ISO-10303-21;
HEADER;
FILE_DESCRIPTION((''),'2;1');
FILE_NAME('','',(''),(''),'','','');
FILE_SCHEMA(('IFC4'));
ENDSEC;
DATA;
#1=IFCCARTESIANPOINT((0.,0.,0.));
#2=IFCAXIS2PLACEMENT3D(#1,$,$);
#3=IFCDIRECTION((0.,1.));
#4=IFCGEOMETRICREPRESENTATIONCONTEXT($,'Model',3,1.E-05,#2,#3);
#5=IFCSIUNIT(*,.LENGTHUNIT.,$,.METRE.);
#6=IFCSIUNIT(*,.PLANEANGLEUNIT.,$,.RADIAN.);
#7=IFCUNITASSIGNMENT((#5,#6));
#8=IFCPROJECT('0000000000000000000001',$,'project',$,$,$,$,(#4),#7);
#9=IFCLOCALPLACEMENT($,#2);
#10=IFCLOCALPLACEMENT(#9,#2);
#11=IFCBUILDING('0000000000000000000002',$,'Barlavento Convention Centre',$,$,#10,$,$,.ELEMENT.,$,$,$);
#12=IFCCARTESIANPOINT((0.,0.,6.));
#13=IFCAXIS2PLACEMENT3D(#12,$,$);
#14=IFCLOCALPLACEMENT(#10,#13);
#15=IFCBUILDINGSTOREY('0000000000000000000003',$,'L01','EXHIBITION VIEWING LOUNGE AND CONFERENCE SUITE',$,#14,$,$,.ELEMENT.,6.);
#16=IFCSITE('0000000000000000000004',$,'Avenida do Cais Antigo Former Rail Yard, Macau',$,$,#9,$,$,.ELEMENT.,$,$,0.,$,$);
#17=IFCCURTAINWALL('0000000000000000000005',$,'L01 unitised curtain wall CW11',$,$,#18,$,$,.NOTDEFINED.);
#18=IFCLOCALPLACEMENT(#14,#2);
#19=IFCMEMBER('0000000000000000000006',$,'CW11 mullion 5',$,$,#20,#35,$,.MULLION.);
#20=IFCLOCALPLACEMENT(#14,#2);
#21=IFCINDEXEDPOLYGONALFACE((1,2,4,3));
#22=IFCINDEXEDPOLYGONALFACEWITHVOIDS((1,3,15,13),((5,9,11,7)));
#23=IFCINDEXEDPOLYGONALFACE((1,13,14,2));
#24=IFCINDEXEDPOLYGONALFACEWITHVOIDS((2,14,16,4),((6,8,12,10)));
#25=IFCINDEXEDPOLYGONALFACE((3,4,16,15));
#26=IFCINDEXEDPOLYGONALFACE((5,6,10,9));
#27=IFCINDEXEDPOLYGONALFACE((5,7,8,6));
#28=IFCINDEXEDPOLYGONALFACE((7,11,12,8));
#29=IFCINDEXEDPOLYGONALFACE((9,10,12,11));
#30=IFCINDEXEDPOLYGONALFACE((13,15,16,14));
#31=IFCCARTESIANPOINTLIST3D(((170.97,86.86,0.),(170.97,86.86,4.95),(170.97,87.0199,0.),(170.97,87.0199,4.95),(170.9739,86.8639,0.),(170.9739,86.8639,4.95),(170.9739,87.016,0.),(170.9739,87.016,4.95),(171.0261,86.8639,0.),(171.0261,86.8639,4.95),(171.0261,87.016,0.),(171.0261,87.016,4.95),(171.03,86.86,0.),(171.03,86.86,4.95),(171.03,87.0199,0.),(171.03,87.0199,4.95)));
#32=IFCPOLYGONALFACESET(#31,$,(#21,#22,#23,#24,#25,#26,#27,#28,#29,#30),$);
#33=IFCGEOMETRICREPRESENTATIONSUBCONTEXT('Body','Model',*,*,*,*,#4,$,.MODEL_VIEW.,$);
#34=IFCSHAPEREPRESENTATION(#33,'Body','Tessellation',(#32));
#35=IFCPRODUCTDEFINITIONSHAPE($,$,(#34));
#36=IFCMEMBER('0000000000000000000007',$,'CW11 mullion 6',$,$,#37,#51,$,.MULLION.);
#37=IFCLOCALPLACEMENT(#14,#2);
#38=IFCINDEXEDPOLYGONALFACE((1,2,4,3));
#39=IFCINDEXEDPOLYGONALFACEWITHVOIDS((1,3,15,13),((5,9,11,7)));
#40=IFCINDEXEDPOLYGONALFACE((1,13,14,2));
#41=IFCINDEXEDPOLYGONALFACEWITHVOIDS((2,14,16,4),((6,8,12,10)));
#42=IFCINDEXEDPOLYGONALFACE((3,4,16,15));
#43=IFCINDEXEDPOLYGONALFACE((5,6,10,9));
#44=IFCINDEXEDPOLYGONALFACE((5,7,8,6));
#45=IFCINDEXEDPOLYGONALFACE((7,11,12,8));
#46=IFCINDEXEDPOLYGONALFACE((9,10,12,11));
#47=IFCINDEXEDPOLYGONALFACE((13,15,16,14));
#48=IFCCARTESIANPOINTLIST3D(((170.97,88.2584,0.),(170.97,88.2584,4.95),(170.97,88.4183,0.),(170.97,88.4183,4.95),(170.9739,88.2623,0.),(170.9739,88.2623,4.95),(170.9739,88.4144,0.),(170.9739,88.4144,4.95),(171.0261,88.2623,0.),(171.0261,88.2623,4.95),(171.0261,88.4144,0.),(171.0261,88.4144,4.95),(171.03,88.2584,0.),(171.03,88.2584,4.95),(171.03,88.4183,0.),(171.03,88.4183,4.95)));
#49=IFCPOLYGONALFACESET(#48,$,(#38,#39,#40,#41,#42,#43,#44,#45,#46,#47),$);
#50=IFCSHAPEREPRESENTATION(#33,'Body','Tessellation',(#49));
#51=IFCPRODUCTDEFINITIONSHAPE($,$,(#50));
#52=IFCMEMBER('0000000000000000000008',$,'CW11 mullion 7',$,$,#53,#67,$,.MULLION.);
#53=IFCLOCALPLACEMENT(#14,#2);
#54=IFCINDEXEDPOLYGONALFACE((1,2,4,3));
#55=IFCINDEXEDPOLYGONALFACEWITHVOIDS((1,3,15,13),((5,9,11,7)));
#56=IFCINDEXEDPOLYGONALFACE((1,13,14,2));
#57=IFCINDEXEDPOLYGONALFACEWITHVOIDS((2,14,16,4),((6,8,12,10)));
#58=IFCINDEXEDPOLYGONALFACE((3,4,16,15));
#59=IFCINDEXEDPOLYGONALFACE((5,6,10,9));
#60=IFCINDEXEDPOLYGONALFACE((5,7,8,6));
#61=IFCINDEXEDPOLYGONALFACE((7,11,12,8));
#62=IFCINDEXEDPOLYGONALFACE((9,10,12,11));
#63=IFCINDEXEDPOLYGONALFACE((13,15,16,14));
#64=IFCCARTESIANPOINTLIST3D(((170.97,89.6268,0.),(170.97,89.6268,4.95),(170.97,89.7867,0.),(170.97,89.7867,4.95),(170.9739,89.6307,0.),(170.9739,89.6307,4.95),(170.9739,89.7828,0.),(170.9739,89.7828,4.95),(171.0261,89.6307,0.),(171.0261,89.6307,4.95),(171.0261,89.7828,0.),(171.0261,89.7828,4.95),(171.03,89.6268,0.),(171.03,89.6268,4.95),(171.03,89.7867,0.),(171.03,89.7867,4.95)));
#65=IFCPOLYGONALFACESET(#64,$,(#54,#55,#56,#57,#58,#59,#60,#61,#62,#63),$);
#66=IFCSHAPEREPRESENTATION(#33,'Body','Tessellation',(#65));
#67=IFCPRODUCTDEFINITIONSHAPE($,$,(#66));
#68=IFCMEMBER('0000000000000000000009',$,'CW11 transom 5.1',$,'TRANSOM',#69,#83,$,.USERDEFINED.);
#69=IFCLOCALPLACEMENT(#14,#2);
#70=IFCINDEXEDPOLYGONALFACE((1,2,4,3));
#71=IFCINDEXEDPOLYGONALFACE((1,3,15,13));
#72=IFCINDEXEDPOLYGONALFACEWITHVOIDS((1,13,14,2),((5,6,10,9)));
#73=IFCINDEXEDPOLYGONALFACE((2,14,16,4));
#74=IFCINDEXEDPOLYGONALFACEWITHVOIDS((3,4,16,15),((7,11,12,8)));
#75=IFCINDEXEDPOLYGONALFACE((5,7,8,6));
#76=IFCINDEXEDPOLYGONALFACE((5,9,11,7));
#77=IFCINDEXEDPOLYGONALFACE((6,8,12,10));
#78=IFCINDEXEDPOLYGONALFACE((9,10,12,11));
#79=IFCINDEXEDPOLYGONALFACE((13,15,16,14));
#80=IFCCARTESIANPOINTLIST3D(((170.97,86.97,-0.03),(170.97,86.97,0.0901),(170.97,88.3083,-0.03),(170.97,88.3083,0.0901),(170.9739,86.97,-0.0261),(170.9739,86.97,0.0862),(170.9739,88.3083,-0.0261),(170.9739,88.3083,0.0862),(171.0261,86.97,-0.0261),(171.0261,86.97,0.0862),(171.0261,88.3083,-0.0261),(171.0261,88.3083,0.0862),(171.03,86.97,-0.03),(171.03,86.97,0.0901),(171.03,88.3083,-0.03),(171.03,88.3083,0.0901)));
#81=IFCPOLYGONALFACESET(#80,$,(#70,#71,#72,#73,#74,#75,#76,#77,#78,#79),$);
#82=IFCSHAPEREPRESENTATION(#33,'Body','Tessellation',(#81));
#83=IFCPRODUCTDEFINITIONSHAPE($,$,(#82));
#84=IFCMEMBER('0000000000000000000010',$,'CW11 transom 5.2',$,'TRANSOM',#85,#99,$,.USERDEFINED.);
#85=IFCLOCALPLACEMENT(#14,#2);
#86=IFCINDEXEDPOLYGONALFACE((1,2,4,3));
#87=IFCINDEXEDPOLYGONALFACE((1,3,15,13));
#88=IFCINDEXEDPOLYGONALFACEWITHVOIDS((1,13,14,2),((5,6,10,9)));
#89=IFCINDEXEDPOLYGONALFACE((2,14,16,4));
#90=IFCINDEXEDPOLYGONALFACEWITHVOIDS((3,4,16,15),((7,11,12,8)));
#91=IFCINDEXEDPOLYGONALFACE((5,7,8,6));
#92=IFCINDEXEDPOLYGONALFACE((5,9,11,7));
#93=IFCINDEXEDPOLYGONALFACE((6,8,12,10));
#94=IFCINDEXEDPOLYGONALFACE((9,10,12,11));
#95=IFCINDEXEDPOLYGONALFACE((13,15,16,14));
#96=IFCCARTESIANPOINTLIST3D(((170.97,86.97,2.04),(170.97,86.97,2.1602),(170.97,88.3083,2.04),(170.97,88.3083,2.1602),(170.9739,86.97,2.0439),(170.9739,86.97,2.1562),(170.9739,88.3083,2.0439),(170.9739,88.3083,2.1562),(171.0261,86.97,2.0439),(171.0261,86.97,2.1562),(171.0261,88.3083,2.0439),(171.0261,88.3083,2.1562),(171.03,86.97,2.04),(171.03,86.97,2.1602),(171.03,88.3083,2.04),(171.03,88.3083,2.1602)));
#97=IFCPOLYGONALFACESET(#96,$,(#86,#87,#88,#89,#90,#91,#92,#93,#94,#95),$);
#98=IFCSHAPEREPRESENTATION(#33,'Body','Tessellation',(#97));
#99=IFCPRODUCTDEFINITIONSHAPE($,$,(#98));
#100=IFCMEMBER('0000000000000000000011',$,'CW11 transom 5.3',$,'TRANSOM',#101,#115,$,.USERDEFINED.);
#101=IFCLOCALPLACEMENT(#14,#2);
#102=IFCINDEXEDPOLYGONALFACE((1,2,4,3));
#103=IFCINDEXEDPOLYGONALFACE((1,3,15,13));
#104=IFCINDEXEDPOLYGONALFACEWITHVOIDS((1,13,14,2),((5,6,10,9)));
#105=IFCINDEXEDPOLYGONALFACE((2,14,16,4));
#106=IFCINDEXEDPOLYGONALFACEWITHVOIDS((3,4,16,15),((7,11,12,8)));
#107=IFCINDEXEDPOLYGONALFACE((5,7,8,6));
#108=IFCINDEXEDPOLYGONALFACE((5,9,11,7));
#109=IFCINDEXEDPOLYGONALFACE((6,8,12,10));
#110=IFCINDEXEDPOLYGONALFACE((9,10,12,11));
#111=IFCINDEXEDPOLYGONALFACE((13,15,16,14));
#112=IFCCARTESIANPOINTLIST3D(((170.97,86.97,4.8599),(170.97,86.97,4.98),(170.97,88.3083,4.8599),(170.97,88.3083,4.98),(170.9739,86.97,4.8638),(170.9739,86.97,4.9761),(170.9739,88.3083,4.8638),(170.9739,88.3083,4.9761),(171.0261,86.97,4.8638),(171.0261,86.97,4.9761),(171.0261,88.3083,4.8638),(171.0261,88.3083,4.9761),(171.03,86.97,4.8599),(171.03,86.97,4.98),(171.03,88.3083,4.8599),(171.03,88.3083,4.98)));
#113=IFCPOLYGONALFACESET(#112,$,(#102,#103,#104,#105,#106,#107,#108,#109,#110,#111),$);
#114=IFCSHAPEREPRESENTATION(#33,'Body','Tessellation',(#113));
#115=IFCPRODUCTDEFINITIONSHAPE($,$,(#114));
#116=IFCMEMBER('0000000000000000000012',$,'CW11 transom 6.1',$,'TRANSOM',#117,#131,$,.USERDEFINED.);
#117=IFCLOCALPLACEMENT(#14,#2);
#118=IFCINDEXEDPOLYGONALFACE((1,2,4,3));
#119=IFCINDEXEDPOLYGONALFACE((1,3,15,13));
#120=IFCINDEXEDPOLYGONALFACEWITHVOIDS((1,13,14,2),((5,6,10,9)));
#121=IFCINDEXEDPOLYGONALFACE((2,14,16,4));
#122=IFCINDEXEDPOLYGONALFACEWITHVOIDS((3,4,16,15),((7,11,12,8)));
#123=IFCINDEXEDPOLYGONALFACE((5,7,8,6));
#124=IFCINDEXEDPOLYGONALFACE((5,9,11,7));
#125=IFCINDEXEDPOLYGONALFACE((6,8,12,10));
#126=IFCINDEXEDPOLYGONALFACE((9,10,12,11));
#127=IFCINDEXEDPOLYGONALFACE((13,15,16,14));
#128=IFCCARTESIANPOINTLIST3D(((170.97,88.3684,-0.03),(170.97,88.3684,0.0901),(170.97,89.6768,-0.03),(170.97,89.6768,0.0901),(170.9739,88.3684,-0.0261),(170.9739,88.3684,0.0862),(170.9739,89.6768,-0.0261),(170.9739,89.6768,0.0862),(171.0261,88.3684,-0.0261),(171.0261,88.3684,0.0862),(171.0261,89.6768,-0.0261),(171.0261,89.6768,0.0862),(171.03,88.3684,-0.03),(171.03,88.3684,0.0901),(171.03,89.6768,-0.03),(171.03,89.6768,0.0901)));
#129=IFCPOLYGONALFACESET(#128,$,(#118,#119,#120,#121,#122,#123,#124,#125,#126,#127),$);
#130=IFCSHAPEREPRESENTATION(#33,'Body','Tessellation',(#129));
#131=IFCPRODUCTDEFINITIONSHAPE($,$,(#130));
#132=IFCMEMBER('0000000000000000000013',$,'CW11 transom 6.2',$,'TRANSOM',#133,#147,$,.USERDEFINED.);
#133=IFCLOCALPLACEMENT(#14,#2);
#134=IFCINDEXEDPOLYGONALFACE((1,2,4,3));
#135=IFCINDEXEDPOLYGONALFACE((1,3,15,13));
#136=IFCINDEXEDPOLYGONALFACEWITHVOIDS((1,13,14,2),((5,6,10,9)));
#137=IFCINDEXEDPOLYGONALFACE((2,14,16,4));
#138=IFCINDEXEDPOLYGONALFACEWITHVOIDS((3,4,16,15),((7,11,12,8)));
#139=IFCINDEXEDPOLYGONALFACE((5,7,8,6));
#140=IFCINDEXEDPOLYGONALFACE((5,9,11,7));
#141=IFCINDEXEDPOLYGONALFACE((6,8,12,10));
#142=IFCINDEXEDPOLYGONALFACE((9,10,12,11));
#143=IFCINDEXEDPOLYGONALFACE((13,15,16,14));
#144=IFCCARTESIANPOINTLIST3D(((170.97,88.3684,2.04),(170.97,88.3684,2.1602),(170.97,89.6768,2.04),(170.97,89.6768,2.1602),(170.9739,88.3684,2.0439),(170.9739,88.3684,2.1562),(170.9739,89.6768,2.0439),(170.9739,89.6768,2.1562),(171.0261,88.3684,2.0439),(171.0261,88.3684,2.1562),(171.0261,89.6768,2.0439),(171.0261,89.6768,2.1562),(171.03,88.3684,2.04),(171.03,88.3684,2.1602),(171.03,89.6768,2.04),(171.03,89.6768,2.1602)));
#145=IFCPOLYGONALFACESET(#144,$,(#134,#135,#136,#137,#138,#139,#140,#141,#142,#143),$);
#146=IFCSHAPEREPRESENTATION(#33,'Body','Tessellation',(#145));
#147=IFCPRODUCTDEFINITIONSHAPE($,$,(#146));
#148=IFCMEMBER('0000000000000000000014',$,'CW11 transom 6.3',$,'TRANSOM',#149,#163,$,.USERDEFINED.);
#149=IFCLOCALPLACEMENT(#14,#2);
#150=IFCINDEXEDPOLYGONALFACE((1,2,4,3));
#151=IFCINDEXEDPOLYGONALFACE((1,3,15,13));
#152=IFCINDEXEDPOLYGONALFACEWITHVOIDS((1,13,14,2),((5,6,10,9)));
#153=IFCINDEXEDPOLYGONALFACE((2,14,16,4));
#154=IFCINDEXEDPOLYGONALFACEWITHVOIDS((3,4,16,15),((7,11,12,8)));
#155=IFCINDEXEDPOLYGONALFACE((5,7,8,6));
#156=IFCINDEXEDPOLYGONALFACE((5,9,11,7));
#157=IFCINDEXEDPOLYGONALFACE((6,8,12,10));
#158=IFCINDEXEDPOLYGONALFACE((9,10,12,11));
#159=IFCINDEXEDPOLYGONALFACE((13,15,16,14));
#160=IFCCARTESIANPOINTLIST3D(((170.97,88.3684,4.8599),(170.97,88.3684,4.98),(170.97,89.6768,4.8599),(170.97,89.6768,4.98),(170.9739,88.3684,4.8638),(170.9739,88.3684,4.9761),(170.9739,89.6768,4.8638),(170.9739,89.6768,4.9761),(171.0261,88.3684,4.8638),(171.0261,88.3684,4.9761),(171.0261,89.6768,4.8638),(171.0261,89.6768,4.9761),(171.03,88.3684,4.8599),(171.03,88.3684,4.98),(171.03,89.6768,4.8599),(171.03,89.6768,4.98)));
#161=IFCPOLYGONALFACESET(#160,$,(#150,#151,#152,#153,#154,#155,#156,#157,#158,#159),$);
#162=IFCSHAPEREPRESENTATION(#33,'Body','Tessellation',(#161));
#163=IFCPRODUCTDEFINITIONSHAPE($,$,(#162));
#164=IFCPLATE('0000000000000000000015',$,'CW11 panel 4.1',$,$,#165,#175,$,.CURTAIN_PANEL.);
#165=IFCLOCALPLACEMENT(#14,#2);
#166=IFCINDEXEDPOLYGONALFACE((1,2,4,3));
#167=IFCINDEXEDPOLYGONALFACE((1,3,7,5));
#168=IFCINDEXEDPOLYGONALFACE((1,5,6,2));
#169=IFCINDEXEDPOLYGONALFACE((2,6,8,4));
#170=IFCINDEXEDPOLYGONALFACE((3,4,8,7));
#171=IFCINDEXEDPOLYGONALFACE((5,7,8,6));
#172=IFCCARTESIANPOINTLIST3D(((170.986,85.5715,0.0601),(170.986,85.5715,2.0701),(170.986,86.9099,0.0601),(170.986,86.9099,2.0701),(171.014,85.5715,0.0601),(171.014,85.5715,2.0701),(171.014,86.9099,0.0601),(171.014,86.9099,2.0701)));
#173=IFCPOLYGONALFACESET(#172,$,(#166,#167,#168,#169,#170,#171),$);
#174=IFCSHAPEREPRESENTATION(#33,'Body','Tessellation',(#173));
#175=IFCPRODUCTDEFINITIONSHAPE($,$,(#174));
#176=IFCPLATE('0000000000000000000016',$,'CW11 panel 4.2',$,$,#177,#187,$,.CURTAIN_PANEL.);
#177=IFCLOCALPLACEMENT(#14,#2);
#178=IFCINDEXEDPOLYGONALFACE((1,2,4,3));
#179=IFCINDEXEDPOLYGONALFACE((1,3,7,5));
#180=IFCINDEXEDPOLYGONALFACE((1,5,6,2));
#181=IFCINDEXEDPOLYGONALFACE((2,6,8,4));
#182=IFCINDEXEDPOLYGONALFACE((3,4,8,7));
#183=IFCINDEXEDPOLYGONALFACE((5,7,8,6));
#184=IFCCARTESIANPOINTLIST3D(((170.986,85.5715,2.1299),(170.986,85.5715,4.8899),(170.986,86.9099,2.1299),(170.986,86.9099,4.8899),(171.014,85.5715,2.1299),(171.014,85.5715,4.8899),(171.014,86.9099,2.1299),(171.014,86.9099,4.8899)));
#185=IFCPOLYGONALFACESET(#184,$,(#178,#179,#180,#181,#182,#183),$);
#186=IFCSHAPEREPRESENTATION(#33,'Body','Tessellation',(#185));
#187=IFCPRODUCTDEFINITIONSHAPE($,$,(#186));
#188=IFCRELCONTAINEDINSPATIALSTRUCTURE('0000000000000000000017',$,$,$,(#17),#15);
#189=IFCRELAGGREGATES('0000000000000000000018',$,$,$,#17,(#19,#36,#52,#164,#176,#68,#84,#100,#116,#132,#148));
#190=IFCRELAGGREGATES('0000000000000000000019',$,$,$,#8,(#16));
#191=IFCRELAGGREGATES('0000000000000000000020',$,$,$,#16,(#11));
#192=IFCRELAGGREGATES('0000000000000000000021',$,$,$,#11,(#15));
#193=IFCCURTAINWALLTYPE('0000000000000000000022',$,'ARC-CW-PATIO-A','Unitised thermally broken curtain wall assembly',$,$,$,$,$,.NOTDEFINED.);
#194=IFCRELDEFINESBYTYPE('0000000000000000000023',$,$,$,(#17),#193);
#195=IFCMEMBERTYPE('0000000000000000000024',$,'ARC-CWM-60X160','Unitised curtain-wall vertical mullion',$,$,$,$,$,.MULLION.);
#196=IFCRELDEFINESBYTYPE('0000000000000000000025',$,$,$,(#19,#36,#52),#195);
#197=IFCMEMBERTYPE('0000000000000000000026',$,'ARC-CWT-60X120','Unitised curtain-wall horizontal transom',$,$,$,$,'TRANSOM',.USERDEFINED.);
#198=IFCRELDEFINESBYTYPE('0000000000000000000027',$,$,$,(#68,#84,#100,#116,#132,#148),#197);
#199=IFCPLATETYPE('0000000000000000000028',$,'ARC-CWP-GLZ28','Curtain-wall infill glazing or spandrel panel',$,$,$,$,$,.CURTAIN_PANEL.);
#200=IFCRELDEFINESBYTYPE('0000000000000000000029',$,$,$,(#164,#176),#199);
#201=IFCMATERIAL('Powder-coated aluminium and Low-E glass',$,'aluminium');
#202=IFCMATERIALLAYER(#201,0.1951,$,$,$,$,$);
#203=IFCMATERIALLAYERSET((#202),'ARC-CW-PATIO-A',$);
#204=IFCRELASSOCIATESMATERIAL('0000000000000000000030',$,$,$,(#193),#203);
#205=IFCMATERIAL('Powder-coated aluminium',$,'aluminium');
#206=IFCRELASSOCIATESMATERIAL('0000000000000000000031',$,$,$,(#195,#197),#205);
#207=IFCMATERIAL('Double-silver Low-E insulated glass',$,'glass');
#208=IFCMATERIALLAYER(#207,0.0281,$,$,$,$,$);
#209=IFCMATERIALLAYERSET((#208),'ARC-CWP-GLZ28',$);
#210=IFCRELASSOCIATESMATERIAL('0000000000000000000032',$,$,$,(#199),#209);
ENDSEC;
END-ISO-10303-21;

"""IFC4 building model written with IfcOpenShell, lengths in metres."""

from ifc_helpers import new_model, si_unit, direction, frame, origin, origin_2d, place, context, subcontext, project, spatial, rectangle, hollow_rectangle, extrude, material, layer, layer_set, material_profile, profile_set, type_object, element, aggregate, save


model = new_model("IFC4")

# Units and contexts
model_context = context("Model", 3, precision=1e-05, world=origin(), true_north=direction((0.0, 1.0)))
body_context = subcontext(model_context, "Body", "Model", "MODEL_VIEW")
ifc_project = project(units=[si_unit("LENGTHUNIT", "METRE"), si_unit("PLANEANGLEUNIT", "RADIAN")], contexts=[model_context])

# Site, building, storey
site_placement = place(None, origin())
site = spatial("IfcSite", under=ifc_project, at=site_placement, Name="Avenida do Cais Antigo Former Rail Yard, Macau", CompositionType="ELEMENT", RefElevation=0.0)
building_placement = place(site_placement, origin())
building = spatial("IfcBuilding", under=site, at=building_placement, Name="Barlavento Convention Centre", CompositionType="ELEMENT")
storey_placement = place(building_placement, frame((0.0, 0.0, 6.0)))
storey = spatial("IfcBuildingStorey", under=building, at=storey_placement, Name="L01", Description="EXHIBITION VIEWING LOUNGE AND CONFERENCE SUITE", CompositionType="ELEMENT", Elevation=6.0)

# Curtain wall, members, plates
ifc_material_1 = material(Name="Powder-coated aluminium and Low-E glass", Category="aluminium")
ifc_layer_1 = layer(ifc_material_1, 0.1951)
ifc_layer_set_1 = layer_set([ifc_layer_1], Name="ARC-CW-PATIO-A")
curtain_wall_type = type_object("IfcCurtainWallType", Name="ARC-CW-PATIO-A", Description="Unitised thermally broken curtain wall assembly", PredefinedType="NOTDEFINED", material=ifc_layer_set_1)
curtain_wall_placement = place(storey_placement, origin())
curtain_wall = element("IfcCurtainWall", 1, at=curtain_wall_placement, inside=storey, type_object=curtain_wall_type, Name="L01 unitised curtain wall CW11", PredefinedType="NOTDEFINED")
ifc_material_2 = material(Name="Powder-coated aluminium", Category="aluminium")
ifc_material_profile_1 = material_profile(ifc_material_2, hollow_rectangle(XDim=0.0601, YDim=0.1599, WallThickness=0.0039, at=origin_2d()), Name="AL-MULL 60x160x4")
ifc_profile_set_1 = profile_set([ifc_material_profile_1], Name="Powder-coated aluminium")
member_type_1 = type_object("IfcMemberType", Name="ARC-CWM-60X160", Description="Unitised curtain-wall vertical mullion", PredefinedType="MULLION", material=ifc_profile_set_1)
member_1_placement = place(storey_placement, frame((171.0, 86.9399, 0.0), z_axis=(0.0, 0.0, 1.0), x_axis=(-1.0, 0.0, 0.0)))
member_1 = element("IfcMember", 2, at=member_1_placement, type_object=member_type_1, Name="CW11 mullion 5", PredefinedType="MULLION", context=body_context, shape_type="SweptSolid", body=[
    extrude(hollow_rectangle(XDim=0.0601, YDim=0.1599, WallThickness=0.0039, at=origin_2d()), origin(), (0.0, 0.0, 1.0), 4.95),
])
member_2_placement = place(storey_placement, frame((171.0, 88.3384, 0.0), z_axis=(0.0, 0.0, 1.0), x_axis=(-1.0, 0.0, 0.0)))
member_2 = element("IfcMember", 3, at=member_2_placement, type_object=member_type_1, Name="CW11 mullion 6", PredefinedType="MULLION", context=body_context, shape_type="SweptSolid", body=[
    extrude(hollow_rectangle(XDim=0.0601, YDim=0.1599, WallThickness=0.0039, at=origin_2d()), origin(), (0.0, 0.0, 1.0), 4.95),
])
member_3_placement = place(storey_placement, frame((171.0, 89.7068, 0.0), z_axis=(0.0, 0.0, 1.0), x_axis=(-1.0, 0.0, 0.0)))
member_3 = element("IfcMember", 4, at=member_3_placement, type_object=member_type_1, Name="CW11 mullion 7", PredefinedType="MULLION", context=body_context, shape_type="SweptSolid", body=[
    extrude(hollow_rectangle(XDim=0.0601, YDim=0.1599, WallThickness=0.0039, at=origin_2d()), origin(), (0.0, 0.0, 1.0), 4.95),
])
ifc_material_profile_2 = material_profile(ifc_material_2, hollow_rectangle(XDim=0.0601, YDim=0.1201, WallThickness=0.0039, at=origin_2d()), Name="AL-TRAN 60x120x4")
ifc_profile_set_2 = profile_set([ifc_material_profile_2], Name="Powder-coated aluminium")
member_type_2 = type_object("IfcMemberType", Name="ARC-CWT-60X120", Description="Unitised curtain-wall horizontal transom", ElementType="TRANSOM", PredefinedType="USERDEFINED", material=ifc_profile_set_2)
member_4_placement = place(storey_placement, frame((171.0, 86.97, 0.03), z_axis=(0.0, 1.0, 0.0), x_axis=(-1.0, 0.0, 0.0)))
member_4 = element("IfcMember", 5, at=member_4_placement, type_object=member_type_2, Name="CW11 transom 5.1", ObjectType="TRANSOM", PredefinedType="USERDEFINED", context=body_context, shape_type="SweptSolid", body=[
    extrude(hollow_rectangle(XDim=0.0601, YDim=0.1201, WallThickness=0.0039, at=origin_2d()), origin(), (0.0, 0.0, 1.0), 1.3384),
])
member_5_placement = place(storey_placement, frame((171.0, 86.97, 2.1001), z_axis=(0.0, 1.0, 0.0), x_axis=(-1.0, 0.0, 0.0)))
member_5 = element("IfcMember", 6, at=member_5_placement, type_object=member_type_2, Name="CW11 transom 5.2", ObjectType="TRANSOM", PredefinedType="USERDEFINED", context=body_context, shape_type="SweptSolid", body=[
    extrude(hollow_rectangle(XDim=0.0601, YDim=0.1201, WallThickness=0.0039, at=origin_2d()), origin(), (0.0, 0.0, 1.0), 1.3384),
])
member_6_placement = place(storey_placement, frame((171.0, 86.97, 4.9199), z_axis=(0.0, 1.0, 0.0), x_axis=(-1.0, 0.0, 0.0)))
member_6 = element("IfcMember", 7, at=member_6_placement, type_object=member_type_2, Name="CW11 transom 5.3", ObjectType="TRANSOM", PredefinedType="USERDEFINED", context=body_context, shape_type="SweptSolid", body=[
    extrude(hollow_rectangle(XDim=0.0601, YDim=0.1201, WallThickness=0.0039, at=origin_2d()), origin(), (0.0, 0.0, 1.0), 1.3384),
])
member_7_placement = place(storey_placement, frame((171.0, 88.3684, 0.03), z_axis=(0.0, 1.0, 0.0), x_axis=(-1.0, 0.0, 0.0)))
member_7 = element("IfcMember", 8, at=member_7_placement, type_object=member_type_2, Name="CW11 transom 6.1", ObjectType="TRANSOM", PredefinedType="USERDEFINED", context=body_context, shape_type="SweptSolid", body=[
    extrude(hollow_rectangle(XDim=0.0601, YDim=0.1201, WallThickness=0.0039, at=origin_2d()), origin(), (0.0, 0.0, 1.0), 1.3083),
])
member_8_placement = place(storey_placement, frame((171.0, 88.3684, 2.1001), z_axis=(0.0, 1.0, 0.0), x_axis=(-1.0, 0.0, 0.0)))
member_8 = element("IfcMember", 9, at=member_8_placement, type_object=member_type_2, Name="CW11 transom 6.2", ObjectType="TRANSOM", PredefinedType="USERDEFINED", context=body_context, shape_type="SweptSolid", body=[
    extrude(hollow_rectangle(XDim=0.0601, YDim=0.1201, WallThickness=0.0039, at=origin_2d()), origin(), (0.0, 0.0, 1.0), 1.3083),
])
member_9_placement = place(storey_placement, frame((171.0, 88.3684, 4.9199), z_axis=(0.0, 1.0, 0.0), x_axis=(-1.0, 0.0, 0.0)))
member_9 = element("IfcMember", 10, at=member_9_placement, type_object=member_type_2, Name="CW11 transom 6.3", ObjectType="TRANSOM", PredefinedType="USERDEFINED", context=body_context, shape_type="SweptSolid", body=[
    extrude(hollow_rectangle(XDim=0.0601, YDim=0.1201, WallThickness=0.0039, at=origin_2d()), origin(), (0.0, 0.0, 1.0), 1.3083),
])
ifc_material_3 = material(Name="Double-silver Low-E insulated glass", Category="glass")
ifc_layer_2 = layer(ifc_material_3, 0.0281)
ifc_layer_set_2 = layer_set([ifc_layer_2], Name="ARC-CWP-GLZ28")
plate_type = type_object("IfcPlateType", Name="ARC-CWP-GLZ28", Description="Curtain-wall infill glazing or spandrel panel", PredefinedType="CURTAIN_PANEL", material=ifc_layer_set_2)
plate_1_placement = place(storey_placement, frame((171.0, 86.2407, 0.0601), z_axis=(0.0, 0.0, 1.0), x_axis=(0.0, 1.0, 0.0)))
plate_1 = element("IfcPlate", 11, at=plate_1_placement, type_object=plate_type, Name="CW11 panel 4.1", PredefinedType="CURTAIN_PANEL", context=body_context, shape_type="SweptSolid", body=[
    extrude(rectangle(XDim=1.3384, YDim=0.0281, at=origin_2d()), origin(), (0.0, 0.0, 1.0), 2.01),
])
plate_2_placement = place(storey_placement, frame((171.0, 86.2407, 2.1299), z_axis=(0.0, 0.0, 1.0), x_axis=(0.0, 1.0, 0.0)))
plate_2 = element("IfcPlate", 12, at=plate_2_placement, type_object=plate_type, Name="CW11 panel 4.2", PredefinedType="CURTAIN_PANEL", context=body_context, shape_type="SweptSolid", body=[
    extrude(rectangle(XDim=1.3384, YDim=0.0281, at=origin_2d()), origin(), (0.0, 0.0, 1.0), 2.76),
])
aggregate(curtain_wall, [member_1, member_2, member_3, plate_1, plate_2, member_4, member_5, member_6, member_7, member_8, member_9])

save(model, "model.ifc")
